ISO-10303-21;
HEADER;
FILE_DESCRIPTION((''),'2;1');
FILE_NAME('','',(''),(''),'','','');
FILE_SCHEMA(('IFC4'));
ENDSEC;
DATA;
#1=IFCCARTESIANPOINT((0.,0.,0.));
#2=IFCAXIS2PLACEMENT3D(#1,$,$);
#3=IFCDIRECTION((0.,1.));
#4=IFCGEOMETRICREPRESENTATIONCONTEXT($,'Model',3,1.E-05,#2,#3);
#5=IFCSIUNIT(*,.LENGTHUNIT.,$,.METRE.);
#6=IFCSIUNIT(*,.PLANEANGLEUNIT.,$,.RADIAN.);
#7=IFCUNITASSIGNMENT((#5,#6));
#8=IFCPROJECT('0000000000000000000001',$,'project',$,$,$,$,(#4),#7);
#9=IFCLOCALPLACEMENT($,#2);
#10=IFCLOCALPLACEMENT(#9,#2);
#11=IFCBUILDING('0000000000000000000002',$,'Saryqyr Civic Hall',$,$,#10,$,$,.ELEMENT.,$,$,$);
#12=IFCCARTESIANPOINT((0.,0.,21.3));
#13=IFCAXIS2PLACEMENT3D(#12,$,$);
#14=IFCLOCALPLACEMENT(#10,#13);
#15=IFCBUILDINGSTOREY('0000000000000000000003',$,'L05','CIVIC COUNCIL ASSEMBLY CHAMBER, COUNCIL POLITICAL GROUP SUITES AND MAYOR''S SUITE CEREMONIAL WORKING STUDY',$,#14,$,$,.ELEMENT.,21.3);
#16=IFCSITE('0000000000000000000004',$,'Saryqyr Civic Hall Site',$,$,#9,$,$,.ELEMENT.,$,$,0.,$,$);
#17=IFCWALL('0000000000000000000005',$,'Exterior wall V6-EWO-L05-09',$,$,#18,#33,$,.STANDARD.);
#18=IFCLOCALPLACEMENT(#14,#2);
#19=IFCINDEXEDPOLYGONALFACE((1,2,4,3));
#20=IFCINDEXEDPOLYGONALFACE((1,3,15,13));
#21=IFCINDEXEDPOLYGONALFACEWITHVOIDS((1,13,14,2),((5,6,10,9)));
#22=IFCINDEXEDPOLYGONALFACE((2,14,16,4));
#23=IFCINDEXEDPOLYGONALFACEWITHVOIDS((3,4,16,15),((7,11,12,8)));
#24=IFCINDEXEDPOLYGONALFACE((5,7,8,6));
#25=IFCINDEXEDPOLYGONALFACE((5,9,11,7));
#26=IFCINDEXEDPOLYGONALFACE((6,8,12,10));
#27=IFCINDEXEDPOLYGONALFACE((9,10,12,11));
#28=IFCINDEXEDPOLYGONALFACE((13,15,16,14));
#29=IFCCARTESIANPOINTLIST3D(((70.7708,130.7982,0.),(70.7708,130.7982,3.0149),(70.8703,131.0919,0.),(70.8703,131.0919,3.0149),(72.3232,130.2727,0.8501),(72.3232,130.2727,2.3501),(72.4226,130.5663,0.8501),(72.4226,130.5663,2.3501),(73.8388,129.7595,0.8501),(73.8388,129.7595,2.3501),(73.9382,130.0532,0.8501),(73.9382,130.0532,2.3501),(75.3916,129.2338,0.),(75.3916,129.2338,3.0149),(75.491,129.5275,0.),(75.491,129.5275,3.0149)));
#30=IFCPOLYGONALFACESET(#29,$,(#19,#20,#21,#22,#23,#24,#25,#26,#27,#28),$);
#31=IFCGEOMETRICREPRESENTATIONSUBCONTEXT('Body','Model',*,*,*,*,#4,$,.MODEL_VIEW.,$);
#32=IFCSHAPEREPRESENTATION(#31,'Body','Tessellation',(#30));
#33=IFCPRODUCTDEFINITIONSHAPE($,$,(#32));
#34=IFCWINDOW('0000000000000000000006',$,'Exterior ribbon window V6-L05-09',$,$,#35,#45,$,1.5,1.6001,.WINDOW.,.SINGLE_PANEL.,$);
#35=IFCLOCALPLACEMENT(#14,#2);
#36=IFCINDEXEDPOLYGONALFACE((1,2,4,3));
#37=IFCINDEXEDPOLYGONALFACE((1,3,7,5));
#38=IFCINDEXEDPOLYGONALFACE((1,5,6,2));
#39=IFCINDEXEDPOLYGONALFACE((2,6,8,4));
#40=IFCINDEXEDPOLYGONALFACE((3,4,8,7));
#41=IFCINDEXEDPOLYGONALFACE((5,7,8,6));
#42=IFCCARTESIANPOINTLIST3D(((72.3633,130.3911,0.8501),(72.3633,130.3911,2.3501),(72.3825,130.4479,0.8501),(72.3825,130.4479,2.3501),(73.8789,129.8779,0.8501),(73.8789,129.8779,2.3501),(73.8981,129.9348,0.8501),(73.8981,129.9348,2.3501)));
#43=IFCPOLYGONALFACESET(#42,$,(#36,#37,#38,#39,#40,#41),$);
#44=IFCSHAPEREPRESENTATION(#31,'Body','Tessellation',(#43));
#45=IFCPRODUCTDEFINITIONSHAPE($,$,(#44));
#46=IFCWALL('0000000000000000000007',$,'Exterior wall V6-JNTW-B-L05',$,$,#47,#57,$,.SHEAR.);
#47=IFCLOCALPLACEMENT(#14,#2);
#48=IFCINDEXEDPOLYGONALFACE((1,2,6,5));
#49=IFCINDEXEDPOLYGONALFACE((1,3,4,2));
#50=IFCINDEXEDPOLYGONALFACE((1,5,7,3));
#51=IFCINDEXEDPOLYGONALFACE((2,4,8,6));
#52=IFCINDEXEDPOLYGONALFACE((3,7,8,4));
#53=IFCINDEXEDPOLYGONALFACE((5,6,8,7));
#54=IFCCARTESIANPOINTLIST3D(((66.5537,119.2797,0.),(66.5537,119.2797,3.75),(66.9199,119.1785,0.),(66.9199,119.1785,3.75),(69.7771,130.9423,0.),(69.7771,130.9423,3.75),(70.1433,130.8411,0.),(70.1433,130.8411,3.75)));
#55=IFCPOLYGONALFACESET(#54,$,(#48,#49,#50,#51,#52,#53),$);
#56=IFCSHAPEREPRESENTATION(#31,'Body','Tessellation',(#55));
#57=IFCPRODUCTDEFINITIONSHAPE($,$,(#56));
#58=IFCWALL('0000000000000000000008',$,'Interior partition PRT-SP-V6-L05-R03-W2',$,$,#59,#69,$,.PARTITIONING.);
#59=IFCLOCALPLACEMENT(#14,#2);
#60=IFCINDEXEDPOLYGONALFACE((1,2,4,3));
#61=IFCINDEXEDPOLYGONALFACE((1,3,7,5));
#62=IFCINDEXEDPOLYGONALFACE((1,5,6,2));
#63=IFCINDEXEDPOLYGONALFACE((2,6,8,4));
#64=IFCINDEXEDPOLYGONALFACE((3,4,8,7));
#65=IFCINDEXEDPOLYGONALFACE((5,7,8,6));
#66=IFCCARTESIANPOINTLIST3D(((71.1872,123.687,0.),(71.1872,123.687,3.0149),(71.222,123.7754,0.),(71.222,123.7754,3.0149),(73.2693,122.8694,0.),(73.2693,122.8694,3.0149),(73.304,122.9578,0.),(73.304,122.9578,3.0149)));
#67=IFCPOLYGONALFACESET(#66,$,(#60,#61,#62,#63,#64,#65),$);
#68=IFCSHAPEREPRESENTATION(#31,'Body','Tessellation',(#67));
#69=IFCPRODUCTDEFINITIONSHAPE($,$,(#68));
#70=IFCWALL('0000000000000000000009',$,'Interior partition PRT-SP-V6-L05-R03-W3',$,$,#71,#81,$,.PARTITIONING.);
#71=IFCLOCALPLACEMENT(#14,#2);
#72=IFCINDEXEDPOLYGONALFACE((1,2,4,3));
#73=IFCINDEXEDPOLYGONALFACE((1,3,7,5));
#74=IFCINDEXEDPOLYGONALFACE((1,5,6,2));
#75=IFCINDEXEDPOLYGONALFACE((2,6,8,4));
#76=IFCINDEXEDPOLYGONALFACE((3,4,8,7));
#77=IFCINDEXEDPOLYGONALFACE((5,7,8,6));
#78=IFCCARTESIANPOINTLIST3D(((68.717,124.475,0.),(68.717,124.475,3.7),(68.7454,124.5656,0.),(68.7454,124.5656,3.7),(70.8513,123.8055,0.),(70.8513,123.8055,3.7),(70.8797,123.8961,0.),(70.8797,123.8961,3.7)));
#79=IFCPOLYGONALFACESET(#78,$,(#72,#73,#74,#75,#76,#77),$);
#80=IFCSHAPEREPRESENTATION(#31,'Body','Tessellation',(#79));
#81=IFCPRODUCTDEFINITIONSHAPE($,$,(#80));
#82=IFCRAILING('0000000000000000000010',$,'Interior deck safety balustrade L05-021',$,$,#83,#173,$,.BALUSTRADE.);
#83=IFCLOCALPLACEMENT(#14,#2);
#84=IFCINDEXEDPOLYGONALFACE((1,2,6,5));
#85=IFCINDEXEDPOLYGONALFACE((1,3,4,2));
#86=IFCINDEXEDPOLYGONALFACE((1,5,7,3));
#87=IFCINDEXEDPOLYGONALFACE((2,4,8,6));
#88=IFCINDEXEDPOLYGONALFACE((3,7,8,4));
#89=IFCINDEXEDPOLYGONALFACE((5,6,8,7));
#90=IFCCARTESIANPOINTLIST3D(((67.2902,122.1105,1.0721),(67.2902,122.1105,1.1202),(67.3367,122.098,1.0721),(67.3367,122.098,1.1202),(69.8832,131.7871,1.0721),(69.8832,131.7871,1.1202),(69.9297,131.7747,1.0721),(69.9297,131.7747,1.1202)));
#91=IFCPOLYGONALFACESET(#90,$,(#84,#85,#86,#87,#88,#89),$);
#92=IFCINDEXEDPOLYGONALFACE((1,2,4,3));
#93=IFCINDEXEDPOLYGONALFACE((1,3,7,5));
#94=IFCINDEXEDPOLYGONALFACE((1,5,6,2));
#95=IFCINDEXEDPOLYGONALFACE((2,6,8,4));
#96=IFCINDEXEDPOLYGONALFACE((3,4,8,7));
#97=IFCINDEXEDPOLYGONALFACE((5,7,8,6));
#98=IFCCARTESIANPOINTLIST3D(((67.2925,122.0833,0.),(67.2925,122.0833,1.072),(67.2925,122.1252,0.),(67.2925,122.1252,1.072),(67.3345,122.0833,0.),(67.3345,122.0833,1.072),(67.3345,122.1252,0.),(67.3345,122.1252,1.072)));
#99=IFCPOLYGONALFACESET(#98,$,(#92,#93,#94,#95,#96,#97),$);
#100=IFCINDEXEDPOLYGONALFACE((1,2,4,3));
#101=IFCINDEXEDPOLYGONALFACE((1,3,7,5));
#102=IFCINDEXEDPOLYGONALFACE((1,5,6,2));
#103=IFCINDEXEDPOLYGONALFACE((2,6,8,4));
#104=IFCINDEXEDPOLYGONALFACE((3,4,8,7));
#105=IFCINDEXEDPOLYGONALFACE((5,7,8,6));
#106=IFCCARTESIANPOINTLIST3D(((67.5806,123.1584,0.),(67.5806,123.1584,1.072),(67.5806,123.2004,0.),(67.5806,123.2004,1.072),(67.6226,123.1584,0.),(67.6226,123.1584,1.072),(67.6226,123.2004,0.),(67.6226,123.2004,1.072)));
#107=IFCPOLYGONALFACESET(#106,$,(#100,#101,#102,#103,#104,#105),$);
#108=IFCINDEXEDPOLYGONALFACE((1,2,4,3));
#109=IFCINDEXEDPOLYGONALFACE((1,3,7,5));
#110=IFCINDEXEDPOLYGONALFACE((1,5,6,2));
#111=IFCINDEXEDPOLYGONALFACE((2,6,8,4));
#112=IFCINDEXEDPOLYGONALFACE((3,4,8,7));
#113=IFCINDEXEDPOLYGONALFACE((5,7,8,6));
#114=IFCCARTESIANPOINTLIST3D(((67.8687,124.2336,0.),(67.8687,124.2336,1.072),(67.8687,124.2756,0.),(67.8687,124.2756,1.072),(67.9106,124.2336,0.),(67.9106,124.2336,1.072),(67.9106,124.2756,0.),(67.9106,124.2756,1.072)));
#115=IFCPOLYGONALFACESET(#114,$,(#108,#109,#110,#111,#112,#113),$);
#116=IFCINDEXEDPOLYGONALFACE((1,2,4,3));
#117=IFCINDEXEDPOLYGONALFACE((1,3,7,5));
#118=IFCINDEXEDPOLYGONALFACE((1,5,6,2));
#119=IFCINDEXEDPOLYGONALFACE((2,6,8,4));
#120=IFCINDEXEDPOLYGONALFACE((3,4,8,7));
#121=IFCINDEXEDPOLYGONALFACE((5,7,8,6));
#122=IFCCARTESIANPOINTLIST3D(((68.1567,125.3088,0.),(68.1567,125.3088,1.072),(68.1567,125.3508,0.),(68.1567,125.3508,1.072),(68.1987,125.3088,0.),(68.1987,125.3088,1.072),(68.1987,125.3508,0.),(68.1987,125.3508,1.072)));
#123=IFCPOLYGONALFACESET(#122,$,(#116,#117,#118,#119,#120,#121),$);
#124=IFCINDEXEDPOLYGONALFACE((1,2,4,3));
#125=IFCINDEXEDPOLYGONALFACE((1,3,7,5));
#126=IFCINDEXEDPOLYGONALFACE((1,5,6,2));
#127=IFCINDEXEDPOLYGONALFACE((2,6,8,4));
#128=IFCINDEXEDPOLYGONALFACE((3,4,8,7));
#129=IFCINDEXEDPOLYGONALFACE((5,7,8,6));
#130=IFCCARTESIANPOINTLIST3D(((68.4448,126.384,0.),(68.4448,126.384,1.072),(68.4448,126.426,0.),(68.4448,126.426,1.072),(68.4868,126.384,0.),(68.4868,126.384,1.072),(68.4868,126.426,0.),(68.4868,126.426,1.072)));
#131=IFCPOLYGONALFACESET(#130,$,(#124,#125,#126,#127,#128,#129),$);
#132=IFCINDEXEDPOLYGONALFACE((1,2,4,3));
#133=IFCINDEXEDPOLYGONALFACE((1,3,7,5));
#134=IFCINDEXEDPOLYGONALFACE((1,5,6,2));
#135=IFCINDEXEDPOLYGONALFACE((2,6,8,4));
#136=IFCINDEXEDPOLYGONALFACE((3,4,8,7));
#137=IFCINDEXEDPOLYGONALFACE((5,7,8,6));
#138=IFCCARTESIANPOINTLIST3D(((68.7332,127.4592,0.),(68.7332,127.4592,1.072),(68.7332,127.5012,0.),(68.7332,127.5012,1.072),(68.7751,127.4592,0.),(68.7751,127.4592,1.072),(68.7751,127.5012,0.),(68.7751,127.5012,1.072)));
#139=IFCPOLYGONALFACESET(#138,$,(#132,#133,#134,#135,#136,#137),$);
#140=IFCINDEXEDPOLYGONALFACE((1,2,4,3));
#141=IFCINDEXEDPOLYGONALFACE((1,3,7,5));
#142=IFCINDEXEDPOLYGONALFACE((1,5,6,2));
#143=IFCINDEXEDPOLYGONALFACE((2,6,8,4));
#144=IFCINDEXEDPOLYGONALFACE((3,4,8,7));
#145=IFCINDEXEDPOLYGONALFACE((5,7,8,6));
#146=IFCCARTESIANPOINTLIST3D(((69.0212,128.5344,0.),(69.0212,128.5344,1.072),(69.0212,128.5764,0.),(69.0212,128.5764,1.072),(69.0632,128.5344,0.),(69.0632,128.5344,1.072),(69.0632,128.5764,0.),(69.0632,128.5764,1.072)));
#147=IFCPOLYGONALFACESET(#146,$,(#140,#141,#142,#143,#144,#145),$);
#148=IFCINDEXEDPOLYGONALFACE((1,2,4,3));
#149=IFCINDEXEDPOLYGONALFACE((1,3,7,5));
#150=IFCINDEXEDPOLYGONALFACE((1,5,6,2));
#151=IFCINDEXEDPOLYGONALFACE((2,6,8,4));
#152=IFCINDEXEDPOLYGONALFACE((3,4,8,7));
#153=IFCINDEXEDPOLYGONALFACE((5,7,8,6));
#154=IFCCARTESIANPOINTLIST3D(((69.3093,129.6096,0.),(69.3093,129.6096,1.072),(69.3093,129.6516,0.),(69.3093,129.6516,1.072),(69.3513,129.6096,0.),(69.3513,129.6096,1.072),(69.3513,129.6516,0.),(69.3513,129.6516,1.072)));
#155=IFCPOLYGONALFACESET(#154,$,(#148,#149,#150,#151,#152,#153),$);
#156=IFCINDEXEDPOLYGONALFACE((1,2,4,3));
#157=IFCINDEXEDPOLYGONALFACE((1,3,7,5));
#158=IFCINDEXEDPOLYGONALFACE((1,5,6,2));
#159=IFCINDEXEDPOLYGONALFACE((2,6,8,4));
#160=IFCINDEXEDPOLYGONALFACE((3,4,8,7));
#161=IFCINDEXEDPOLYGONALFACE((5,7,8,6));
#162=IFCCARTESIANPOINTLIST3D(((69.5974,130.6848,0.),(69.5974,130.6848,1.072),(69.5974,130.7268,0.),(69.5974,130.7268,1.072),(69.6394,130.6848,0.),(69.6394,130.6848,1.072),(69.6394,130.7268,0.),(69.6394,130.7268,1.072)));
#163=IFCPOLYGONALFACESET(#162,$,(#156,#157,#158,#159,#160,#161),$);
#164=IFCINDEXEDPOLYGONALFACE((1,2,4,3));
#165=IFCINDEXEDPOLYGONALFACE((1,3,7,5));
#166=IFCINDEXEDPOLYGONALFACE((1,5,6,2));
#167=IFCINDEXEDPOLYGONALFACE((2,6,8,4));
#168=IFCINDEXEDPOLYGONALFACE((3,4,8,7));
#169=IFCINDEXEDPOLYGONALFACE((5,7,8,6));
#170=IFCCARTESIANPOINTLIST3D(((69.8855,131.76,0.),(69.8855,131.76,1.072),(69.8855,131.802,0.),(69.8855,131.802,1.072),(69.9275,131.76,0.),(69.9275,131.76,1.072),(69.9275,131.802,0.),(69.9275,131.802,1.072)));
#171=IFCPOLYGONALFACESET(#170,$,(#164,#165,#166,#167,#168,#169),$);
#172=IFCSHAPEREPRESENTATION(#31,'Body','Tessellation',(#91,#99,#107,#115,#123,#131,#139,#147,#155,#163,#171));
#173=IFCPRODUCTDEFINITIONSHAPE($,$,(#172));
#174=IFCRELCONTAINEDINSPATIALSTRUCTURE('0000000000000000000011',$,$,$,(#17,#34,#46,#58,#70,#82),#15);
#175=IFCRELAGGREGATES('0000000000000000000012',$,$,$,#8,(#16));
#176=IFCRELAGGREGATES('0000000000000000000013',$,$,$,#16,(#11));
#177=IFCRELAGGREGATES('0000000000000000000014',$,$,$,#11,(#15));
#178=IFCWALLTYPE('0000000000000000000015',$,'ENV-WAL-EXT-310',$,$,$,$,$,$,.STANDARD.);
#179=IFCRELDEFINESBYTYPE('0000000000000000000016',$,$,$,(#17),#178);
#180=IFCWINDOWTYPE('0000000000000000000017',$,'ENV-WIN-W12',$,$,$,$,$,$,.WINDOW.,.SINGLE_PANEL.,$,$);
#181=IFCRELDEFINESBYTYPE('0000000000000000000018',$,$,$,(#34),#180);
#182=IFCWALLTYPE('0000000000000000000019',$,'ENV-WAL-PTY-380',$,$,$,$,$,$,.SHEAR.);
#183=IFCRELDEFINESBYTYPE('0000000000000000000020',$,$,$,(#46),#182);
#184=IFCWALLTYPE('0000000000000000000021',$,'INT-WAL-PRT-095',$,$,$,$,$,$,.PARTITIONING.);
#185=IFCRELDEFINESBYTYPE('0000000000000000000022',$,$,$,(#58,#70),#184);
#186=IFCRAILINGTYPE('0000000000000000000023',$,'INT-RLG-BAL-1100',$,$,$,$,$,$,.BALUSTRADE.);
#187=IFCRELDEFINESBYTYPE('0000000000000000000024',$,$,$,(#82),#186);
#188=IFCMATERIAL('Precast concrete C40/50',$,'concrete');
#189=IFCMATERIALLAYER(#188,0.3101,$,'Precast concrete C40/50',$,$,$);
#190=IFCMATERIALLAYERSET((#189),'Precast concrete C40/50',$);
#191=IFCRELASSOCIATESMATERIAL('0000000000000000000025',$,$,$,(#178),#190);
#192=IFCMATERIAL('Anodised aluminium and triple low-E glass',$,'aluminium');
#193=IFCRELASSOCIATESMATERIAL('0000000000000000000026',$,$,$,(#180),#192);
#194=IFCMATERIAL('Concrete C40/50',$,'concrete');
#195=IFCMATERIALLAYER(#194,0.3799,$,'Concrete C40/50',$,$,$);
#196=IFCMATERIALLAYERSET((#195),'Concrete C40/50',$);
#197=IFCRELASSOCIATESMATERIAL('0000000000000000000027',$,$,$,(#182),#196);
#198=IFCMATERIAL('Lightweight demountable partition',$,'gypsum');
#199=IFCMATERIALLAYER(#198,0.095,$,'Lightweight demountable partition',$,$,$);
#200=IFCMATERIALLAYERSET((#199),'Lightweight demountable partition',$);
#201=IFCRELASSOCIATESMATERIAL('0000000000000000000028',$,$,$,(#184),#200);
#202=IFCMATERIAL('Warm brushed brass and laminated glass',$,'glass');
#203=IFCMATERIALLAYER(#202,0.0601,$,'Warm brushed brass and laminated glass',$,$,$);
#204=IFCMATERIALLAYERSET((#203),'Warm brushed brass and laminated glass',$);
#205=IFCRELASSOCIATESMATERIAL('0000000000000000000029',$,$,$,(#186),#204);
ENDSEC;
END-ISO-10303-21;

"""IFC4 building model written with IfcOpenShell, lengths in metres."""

from ifc_helpers import new_model, si_unit, direction, frame, frame_2d, origin, origin_2d, place, context, subcontext, project, spatial, rectangle, extrude, material, layer, layer_set, type_object, element, fill, save


model = new_model("IFC4")

# Units and contexts
model_context = context("Model", 3, precision=1e-05, world=origin(), true_north=direction((0.0, 1.0)))
body_context = subcontext(model_context, "Body", "Model", "MODEL_VIEW")
ifc_project = project(units=[si_unit("LENGTHUNIT", "METRE"), si_unit("PLANEANGLEUNIT", "RADIAN")], contexts=[model_context])

# Site, building, storey
site_placement = place(None, origin())
site = spatial("IfcSite", under=ifc_project, at=site_placement, Name="Saryqyr Civic Hall Site", CompositionType="ELEMENT", RefElevation=0.0)
building_placement = place(site_placement, origin())
building = spatial("IfcBuilding", under=site, at=building_placement, Name="Saryqyr Civic Hall", CompositionType="ELEMENT")
storey_placement = place(building_placement, frame((0.0, 0.0, 21.3)))
storey = spatial("IfcBuildingStorey", under=building, at=storey_placement, Name="L05", Description="CIVIC COUNCIL ASSEMBLY CHAMBER, COUNCIL POLITICAL GROUP SUITES AND MAYOR'S SUITE CEREMONIAL WORKING STUDY", CompositionType="ELEMENT", Elevation=21.3)

# Shared definitions
ifc_material_1 = material(Name="Concrete C40/50", Category="concrete")

# Shared definitions
ifc_material_2 = material(Name="Anodised aluminium and triple low-E glass", Category="aluminium")

# Wall, opening, window
ifc_material_3 = material(Name="Precast concrete C40/50", Category="concrete")
ifc_layer_1 = layer(ifc_material_3, 0.3101, Name="Precast concrete C40/50")
ifc_layer_set_1 = layer_set([ifc_layer_1], Name="Precast concrete C40/50")
wall_type_1 = type_object("IfcWallType", Name="ENV-WAL-EXT-310", PredefinedType="STANDARD", material=ifc_layer_set_1)
wall_1_placement = place(storey_placement, frame((70.8206, 130.9451, 0.0), z_axis=(0.0, 0.0, 1.0), x_axis=(0.947187, -0.320683, 0.0)))
wall_1 = element("IfcWall", 1, at=wall_1_placement, inside=storey, type_object=wall_type_1, Name="Exterior wall V6-EWO-L05-09", PredefinedType="STANDARD", context=body_context, shape_type="SweptSolid", body=[
    extrude(rectangle(XDim=4.8784, YDim=0.3101, at=frame_2d((2.4392, 0.0))), origin(), (0.0, 0.0, 1.0), 3.0149),
])
opening_placement = place(wall_1_placement, frame((1.6389, 0.0, 0.8501)))
opening = element("IfcOpeningElement", 2, at=opening_placement, cuts=wall_1, PredefinedType="OPENING", context=body_context, shape_type="SweptSolid", body=[
    extrude(rectangle(XDim=1.6001, YDim=1.5, at=frame_2d((0.8, 0.75))), frame((0.0, 0.165, 0.0), z_axis=(0.0, -1.0, 0.0), x_axis=(1.0, 0.0, 0.0)), (0.0, 0.0, 1.0), 0.3301),
])
window_type = type_object("IfcWindowType", Name="ENV-WIN-W12", PartitioningType="SINGLE_PANEL", PredefinedType="WINDOW", material=ifc_material_2)
window_placement = place(opening_placement, origin())
window = element("IfcWindow", 3, at=window_placement, inside=storey, type_object=window_type, Name="Exterior ribbon window V6-L05-09", OverallHeight=1.5, OverallWidth=1.6001, PartitioningType="SINGLE_PANEL", PredefinedType="WINDOW", context=body_context, shape_type="SweptSolid", body=[
    extrude(rectangle(XDim=1.6001, YDim=1.5, at=frame_2d((0.8, 0.75))), frame((0.0, 0.03, 0.0), z_axis=(0.0, -1.0, 0.0), x_axis=(1.0, 0.0, 0.0)), (0.0, 0.0, 1.0), 0.0601),
])
fill(opening, window)

# Walls
ifc_layer_2 = layer(ifc_material_1, 0.3799, Name="Concrete C40/50")
ifc_layer_set_2 = layer_set([ifc_layer_2], Name="Concrete C40/50")
wall_type_2 = type_object("IfcWallType", Name="ENV-WAL-PTY-380", PredefinedType="SHEAR", material=ifc_layer_set_2)
wall_2_placement = place(storey_placement, frame((66.7368, 119.2292, 0.0), z_axis=(0.0, 0.0, 1.0), x_axis=(0.266399, 0.963863, 0.0)))
element("IfcWall", 4, at=wall_2_placement, inside=storey, type_object=wall_type_2, Name="Exterior wall V6-JNTW-B-L05", PredefinedType="SHEAR", context=body_context, shape_type="SweptSolid", body=[
    extrude(rectangle(XDim=12.0999, YDim=0.3799, at=frame_2d((6.0498, 0.0))), origin(), (0.0, 0.0, 1.0), 3.75),
])
ifc_material_4 = material(Name="Lightweight demountable partition", Category="gypsum")
ifc_layer_3 = layer(ifc_material_4, 0.095, Name="Lightweight demountable partition")
ifc_layer_set_3 = layer_set([ifc_layer_3], Name="Lightweight demountable partition")
wall_type_3 = type_object("IfcWallType", Name="INT-WAL-PRT-095", PredefinedType="PARTITIONING", material=ifc_layer_set_3)
wall_3_placement = place(storey_placement, frame((73.2866, 122.9136, 0.0), z_axis=(0.0, 0.0, 1.0), x_axis=(-0.930799, 0.365531, 0.0)))
element("IfcWall", 5, at=wall_3_placement, inside=storey, type_object=wall_type_3, Name="Interior partition PRT-SP-V6-L05-R03-W2", PredefinedType="PARTITIONING", context=body_context, shape_type="SweptSolid", body=[
    extrude(rectangle(XDim=2.2368, YDim=0.095, at=frame_2d((1.1184, 0.0))), origin(), (0.0, 0.0, 1.0), 3.0149),
])
wall_4_placement = place(storey_placement, frame((70.8655, 123.8508, 0.0), z_axis=(0.0, 0.0, 1.0), x_axis=(-0.954165, 0.299282, 0.0)))
element("IfcWall", 6, at=wall_4_placement, inside=storey, type_object=wall_type_3, Name="Interior partition PRT-SP-V6-L05-R03-W3", PredefinedType="PARTITIONING", context=body_context, shape_type="SweptSolid", body=[
    extrude(rectangle(XDim=2.2368, YDim=0.095, at=frame_2d((1.1184, 0.0))), origin(), (0.0, 0.0, 1.0), 3.7),
])

# Railing
ifc_material_5 = material(Name="Warm brushed brass and laminated glass", Category="glass")
ifc_layer_4 = layer(ifc_material_5, 0.0601, Name="Warm brushed brass and laminated glass")
ifc_layer_set_4 = layer_set([ifc_layer_4], Name="Warm brushed brass and laminated glass")
railing_type = type_object("IfcRailingType", Name="INT-RLG-BAL-1100", PredefinedType="BALUSTRADE", material=ifc_layer_set_4)
railing_1_placement = place(storey_placement, frame((67.3135, 122.1042, 0.0)))
element("IfcRailing", 7, at=railing_1_placement, inside=storey, type_object=railing_type, Name="Interior deck safety balustrade L05-021", PredefinedType="BALUSTRADE", context=body_context, shape_type="SweptSolid", body=[
    extrude(rectangle(XDim=0.0481, YDim=0.0481, at=origin_2d()), frame((0.0, 0.0, 1.0962), z_axis=(0.258832, 0.965922, 0.0), x_axis=(-0.965922, 0.258832, 0.0)), (0.0, 0.0, 1.0), 10.0181),
    extrude(rectangle(XDim=0.042, YDim=0.042, at=origin_2d()), origin(), (0.0, 0.0, 1.0), 1.072),
    extrude(rectangle(XDim=0.042, YDim=0.042, at=origin_2d()), frame((0.2881, 1.0752, 0.0)), (0.0, 0.0, 1.0), 1.072),
    extrude(rectangle(XDim=0.042, YDim=0.042, at=origin_2d()), frame((0.5762, 2.1504, 0.0)), (0.0, 0.0, 1.0), 1.072),
    extrude(rectangle(XDim=0.042, YDim=0.042, at=origin_2d()), frame((0.8643, 3.2256, 0.0)), (0.0, 0.0, 1.0), 1.072),
    extrude(rectangle(XDim=0.042, YDim=0.042, at=origin_2d()), frame((1.1523, 4.3008, 0.0)), (0.0, 0.0, 1.0), 1.072),
    extrude(rectangle(XDim=0.042, YDim=0.042, at=origin_2d()), frame((1.4407, 5.376, 0.0)), (0.0, 0.0, 1.0), 1.072),
    extrude(rectangle(XDim=0.042, YDim=0.042, at=origin_2d()), frame((1.7288, 6.4512, 0.0)), (0.0, 0.0, 1.0), 1.072),
    extrude(rectangle(XDim=0.042, YDim=0.042, at=origin_2d()), frame((2.0168, 7.5264, 0.0)), (0.0, 0.0, 1.0), 1.072),
    extrude(rectangle(XDim=0.042, YDim=0.042, at=origin_2d()), frame((2.3049, 8.6016, 0.0)), (0.0, 0.0, 1.0), 1.072),
    extrude(rectangle(XDim=0.042, YDim=0.042, at=origin_2d()), frame((2.593, 9.6768, 0.0)), (0.0, 0.0, 1.0), 1.072),
])

save(model, "model.ifc")
